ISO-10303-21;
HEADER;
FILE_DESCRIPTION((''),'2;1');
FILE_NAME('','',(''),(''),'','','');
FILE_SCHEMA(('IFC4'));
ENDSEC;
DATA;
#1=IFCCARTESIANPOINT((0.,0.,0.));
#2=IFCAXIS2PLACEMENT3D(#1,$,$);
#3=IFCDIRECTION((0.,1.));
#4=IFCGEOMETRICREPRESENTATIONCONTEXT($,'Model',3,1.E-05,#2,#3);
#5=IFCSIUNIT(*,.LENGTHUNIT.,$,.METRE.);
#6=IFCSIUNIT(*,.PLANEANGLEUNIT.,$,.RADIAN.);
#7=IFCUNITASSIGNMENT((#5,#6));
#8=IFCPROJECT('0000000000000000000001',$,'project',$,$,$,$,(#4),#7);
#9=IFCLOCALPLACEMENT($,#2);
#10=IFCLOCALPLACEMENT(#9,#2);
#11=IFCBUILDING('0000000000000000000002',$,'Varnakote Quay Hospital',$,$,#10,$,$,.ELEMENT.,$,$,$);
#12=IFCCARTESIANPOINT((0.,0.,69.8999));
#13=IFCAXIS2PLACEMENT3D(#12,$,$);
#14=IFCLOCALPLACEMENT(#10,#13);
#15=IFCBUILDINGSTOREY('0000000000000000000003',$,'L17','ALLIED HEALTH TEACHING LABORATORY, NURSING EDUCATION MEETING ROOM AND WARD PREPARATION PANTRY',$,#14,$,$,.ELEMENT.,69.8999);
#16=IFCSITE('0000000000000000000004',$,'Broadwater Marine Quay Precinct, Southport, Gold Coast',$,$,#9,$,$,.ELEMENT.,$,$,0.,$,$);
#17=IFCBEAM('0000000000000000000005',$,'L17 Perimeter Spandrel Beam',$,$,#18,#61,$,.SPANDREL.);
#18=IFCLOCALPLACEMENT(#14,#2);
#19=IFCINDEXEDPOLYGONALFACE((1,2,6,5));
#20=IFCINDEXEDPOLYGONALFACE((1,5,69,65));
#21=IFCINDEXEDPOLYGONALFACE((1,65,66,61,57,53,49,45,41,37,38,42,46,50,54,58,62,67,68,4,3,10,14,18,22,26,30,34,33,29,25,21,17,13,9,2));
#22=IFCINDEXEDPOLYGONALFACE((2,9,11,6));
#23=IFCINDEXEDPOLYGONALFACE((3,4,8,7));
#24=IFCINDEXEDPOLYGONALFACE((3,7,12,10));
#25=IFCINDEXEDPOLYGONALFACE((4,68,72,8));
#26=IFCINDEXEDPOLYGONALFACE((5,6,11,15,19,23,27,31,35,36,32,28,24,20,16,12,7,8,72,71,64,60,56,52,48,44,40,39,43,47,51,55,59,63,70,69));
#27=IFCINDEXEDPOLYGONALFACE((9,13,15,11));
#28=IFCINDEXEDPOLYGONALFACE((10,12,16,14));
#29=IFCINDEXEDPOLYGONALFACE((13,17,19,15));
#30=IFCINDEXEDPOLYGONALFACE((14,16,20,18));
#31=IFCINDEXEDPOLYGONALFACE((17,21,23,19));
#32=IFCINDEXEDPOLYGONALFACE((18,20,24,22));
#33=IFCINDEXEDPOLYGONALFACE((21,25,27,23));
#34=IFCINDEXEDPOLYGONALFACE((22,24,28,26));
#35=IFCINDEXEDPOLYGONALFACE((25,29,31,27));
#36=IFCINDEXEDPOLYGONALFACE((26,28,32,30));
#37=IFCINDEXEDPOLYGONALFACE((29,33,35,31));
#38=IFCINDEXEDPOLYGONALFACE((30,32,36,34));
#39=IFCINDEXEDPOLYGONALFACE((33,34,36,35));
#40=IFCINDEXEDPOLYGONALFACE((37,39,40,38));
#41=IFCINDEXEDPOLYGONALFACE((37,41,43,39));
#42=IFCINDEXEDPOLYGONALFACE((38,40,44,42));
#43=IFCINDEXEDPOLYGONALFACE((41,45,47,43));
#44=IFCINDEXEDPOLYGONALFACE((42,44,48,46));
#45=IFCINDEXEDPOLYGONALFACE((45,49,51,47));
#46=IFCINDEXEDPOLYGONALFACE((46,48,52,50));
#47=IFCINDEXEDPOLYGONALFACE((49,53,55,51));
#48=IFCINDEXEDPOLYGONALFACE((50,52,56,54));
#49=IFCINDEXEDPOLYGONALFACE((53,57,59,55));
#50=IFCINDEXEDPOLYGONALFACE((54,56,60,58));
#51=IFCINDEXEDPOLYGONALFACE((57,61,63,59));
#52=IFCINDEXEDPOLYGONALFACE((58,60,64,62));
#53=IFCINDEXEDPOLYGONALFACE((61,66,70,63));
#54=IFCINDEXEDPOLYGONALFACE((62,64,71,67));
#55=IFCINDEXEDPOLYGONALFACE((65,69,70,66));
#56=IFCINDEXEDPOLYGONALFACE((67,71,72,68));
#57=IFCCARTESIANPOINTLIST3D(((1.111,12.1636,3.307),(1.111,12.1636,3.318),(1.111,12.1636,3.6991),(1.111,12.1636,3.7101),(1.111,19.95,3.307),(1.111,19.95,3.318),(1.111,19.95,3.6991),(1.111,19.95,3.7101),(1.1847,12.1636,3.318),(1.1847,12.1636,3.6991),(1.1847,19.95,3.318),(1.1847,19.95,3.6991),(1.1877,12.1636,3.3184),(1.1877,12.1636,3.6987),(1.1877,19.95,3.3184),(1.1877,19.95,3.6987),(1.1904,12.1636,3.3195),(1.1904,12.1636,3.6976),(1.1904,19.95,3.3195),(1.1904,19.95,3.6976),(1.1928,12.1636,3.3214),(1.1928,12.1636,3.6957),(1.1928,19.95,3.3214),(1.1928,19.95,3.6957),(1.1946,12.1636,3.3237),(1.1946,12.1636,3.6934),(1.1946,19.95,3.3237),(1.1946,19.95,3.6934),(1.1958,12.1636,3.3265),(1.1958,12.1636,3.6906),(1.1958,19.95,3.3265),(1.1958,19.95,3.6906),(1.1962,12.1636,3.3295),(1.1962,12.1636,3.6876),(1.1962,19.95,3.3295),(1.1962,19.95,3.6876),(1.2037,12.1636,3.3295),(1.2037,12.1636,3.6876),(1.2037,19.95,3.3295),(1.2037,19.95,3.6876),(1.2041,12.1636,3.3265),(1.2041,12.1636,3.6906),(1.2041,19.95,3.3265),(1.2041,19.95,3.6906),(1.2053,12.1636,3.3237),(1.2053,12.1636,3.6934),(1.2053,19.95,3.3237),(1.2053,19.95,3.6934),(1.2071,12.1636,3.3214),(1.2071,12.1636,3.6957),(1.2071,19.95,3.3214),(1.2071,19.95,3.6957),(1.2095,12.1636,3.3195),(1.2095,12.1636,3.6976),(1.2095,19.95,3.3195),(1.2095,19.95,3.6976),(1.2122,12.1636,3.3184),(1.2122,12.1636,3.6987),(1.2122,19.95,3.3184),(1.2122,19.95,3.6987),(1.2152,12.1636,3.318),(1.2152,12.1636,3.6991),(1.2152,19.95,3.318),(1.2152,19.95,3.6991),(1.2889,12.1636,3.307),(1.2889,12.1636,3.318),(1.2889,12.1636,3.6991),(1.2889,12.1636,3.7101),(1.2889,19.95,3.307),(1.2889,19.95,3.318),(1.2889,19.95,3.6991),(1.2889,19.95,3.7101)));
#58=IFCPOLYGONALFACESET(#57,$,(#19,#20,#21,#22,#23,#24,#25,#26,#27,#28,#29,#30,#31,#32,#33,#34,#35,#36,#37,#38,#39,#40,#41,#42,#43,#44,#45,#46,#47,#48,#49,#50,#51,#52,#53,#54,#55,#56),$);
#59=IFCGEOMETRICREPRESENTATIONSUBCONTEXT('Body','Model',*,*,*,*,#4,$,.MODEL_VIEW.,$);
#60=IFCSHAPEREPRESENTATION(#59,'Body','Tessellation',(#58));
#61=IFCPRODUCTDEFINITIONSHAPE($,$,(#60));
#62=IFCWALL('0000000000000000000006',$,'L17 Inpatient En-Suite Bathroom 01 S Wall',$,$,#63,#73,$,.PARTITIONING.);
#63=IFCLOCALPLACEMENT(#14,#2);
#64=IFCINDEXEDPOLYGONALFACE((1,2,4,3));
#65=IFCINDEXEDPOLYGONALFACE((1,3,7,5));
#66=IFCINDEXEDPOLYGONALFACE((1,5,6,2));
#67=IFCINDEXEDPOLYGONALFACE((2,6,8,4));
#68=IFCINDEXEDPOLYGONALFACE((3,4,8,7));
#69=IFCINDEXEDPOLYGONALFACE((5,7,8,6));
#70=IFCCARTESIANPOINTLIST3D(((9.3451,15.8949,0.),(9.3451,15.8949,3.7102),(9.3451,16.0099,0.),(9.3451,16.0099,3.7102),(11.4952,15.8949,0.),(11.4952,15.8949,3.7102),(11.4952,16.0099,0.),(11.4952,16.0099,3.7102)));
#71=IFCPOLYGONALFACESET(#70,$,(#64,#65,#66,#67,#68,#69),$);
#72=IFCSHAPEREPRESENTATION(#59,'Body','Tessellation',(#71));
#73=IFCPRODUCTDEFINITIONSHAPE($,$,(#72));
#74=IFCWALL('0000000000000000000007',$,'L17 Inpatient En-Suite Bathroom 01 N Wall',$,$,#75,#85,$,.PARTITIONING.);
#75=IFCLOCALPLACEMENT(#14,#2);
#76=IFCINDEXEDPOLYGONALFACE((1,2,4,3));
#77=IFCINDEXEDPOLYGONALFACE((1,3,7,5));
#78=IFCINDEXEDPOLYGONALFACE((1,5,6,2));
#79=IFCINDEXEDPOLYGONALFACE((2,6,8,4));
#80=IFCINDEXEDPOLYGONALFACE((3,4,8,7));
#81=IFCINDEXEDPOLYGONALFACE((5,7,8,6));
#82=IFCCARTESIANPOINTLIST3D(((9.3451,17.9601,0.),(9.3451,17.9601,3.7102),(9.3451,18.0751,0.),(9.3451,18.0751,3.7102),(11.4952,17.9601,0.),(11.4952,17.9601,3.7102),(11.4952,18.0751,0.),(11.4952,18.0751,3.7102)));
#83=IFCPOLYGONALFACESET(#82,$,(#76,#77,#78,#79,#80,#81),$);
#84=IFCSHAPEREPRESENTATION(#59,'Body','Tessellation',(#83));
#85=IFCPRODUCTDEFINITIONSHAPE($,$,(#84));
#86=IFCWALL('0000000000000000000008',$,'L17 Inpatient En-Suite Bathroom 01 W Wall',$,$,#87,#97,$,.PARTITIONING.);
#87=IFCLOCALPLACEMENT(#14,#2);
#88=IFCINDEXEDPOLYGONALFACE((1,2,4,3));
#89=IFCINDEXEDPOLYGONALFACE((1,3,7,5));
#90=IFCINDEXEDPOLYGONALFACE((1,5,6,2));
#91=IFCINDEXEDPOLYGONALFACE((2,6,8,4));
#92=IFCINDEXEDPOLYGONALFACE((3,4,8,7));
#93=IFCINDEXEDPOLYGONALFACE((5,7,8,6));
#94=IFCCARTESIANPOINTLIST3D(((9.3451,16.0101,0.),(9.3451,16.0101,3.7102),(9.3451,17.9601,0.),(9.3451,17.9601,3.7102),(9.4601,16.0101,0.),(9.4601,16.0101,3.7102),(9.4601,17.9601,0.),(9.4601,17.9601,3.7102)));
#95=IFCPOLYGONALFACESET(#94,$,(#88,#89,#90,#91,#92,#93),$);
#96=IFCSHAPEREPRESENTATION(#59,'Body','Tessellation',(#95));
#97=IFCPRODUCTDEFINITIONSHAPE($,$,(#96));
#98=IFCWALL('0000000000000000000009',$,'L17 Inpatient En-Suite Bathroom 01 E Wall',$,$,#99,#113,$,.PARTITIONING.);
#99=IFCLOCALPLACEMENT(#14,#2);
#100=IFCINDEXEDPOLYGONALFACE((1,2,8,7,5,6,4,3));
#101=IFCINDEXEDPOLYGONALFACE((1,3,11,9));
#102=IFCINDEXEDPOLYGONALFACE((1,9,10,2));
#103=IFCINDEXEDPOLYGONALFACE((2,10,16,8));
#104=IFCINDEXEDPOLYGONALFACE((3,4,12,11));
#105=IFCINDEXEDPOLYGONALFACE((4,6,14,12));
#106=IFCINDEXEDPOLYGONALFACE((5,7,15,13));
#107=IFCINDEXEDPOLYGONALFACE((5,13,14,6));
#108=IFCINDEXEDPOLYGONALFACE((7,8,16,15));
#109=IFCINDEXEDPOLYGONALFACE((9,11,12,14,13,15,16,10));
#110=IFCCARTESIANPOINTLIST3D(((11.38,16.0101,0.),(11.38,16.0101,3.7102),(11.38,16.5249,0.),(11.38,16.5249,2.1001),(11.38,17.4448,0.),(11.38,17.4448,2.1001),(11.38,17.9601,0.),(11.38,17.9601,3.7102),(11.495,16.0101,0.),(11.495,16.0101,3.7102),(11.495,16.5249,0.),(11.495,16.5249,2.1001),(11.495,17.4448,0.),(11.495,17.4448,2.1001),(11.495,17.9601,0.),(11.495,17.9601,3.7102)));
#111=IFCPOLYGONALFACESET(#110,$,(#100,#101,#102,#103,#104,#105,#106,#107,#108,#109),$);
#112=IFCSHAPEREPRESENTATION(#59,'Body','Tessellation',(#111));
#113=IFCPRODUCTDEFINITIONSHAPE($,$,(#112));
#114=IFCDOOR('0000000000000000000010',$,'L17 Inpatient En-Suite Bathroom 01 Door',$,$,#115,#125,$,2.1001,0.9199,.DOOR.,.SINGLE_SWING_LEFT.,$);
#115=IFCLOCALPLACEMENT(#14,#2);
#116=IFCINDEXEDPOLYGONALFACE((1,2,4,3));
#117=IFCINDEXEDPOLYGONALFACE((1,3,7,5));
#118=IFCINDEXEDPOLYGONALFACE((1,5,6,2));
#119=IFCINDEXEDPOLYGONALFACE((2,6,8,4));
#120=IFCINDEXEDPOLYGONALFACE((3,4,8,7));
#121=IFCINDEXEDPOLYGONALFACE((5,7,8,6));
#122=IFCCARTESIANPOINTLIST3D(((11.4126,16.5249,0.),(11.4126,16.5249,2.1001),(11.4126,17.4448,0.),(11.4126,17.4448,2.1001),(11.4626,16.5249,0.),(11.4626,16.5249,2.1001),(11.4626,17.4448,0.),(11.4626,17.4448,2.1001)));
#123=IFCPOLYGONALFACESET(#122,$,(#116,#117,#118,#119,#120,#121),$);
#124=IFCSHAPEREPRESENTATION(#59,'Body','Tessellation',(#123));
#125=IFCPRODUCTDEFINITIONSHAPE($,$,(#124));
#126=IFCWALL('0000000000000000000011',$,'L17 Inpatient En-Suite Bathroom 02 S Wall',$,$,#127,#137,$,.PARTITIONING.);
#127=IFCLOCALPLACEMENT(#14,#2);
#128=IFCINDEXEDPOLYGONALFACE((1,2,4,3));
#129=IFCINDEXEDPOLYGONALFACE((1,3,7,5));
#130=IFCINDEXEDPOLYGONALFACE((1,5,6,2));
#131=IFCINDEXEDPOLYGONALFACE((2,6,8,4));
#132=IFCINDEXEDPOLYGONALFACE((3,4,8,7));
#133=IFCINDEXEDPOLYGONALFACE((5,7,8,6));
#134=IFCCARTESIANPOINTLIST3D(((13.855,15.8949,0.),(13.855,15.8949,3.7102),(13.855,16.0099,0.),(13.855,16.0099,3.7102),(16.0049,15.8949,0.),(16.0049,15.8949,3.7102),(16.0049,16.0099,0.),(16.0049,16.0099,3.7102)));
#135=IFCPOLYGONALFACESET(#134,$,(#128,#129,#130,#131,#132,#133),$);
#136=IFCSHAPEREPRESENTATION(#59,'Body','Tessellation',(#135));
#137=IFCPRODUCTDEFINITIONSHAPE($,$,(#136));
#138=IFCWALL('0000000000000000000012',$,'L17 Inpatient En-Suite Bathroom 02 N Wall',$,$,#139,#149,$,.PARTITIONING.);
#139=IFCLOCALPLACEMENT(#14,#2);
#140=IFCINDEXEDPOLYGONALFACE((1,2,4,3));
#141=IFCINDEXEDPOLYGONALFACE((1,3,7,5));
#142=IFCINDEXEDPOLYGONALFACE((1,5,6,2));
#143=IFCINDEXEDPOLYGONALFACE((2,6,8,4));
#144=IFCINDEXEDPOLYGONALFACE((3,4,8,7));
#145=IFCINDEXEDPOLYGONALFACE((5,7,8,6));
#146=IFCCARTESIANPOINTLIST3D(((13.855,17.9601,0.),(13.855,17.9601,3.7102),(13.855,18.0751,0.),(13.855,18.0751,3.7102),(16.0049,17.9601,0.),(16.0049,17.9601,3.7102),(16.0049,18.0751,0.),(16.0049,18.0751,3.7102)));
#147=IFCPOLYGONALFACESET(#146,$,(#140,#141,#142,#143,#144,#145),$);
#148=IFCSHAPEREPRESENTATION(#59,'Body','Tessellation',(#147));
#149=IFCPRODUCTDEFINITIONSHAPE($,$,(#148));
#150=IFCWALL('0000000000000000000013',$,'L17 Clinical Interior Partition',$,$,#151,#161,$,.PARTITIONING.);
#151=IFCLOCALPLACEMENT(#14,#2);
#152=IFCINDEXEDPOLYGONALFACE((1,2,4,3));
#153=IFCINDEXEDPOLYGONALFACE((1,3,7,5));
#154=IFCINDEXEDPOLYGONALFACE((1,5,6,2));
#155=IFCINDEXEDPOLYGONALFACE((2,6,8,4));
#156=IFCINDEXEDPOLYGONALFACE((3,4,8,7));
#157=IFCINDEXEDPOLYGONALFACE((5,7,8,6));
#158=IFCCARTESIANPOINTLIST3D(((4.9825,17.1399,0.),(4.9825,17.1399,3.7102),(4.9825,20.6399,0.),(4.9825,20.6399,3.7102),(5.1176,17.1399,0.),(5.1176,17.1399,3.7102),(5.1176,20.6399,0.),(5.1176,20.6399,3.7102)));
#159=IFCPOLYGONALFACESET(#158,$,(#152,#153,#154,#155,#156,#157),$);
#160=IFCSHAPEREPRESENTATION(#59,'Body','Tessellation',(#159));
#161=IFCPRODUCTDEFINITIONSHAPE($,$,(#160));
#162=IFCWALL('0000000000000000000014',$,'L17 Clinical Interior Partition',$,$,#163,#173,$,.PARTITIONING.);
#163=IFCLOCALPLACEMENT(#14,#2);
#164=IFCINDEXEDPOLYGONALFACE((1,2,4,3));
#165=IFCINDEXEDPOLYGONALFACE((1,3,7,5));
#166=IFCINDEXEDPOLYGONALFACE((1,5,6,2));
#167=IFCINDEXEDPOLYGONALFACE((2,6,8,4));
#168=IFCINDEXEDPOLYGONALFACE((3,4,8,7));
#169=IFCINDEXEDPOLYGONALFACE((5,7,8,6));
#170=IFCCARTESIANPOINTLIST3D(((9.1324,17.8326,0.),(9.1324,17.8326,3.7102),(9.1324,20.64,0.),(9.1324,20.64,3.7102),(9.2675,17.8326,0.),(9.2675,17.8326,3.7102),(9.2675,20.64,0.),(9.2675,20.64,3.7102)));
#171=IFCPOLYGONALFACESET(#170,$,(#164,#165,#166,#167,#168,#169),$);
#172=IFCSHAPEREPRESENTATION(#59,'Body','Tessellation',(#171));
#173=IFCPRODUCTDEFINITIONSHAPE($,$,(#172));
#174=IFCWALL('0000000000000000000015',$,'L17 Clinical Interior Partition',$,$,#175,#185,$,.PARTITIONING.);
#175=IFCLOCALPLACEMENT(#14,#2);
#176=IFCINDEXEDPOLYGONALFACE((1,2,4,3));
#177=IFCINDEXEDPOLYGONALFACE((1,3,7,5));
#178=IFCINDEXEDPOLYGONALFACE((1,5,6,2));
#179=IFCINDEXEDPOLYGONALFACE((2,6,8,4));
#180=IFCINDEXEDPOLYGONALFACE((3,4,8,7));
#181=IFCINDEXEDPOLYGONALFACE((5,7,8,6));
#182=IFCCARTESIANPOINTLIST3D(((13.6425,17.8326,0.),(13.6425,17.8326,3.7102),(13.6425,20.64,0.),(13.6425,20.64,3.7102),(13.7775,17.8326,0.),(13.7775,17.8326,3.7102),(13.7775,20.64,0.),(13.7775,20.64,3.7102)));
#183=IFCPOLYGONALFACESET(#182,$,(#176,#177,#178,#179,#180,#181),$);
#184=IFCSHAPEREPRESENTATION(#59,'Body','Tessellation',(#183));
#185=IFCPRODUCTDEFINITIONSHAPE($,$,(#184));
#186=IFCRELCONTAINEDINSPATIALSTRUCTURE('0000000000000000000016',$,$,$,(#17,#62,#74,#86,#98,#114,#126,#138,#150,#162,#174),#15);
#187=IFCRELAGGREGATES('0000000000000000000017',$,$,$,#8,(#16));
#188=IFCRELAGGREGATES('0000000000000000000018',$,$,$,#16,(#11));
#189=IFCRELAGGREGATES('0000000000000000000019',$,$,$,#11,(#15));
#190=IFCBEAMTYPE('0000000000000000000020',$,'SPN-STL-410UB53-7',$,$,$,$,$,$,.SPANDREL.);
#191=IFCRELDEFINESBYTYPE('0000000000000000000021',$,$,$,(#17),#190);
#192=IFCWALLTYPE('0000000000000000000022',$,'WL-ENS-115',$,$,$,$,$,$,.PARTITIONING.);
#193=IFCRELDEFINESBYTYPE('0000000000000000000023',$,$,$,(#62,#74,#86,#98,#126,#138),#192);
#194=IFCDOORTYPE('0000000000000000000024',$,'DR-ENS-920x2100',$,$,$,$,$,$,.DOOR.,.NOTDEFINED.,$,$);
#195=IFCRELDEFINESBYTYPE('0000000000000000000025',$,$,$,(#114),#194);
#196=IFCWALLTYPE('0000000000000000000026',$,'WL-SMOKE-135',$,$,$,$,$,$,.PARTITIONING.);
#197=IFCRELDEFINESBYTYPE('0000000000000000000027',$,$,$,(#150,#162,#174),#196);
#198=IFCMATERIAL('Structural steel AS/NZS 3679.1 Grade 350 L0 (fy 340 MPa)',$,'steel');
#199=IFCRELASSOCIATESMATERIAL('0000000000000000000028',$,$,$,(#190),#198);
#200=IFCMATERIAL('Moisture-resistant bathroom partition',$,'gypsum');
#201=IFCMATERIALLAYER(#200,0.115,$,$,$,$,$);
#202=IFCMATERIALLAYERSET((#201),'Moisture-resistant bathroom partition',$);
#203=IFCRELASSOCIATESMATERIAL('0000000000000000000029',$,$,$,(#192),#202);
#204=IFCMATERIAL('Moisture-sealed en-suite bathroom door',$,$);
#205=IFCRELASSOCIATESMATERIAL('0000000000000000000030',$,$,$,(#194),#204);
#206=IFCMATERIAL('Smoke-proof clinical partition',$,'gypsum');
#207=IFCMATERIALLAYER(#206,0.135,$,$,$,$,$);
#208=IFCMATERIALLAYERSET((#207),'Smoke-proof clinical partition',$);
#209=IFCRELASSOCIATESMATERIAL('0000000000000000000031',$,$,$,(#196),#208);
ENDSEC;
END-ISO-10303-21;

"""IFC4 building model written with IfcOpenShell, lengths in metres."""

from ifc_helpers import new_model, si_unit, direction, frame, frame_2d, origin, origin_2d, place, context, subcontext, project, spatial, rectangle, i_section, extrude, material, layer, layer_set, material_profile, profile_set, type_object, element, fill, save


model = new_model("IFC4")

# Units and contexts
model_context = context("Model", 3, precision=1e-05, world=origin(), true_north=direction((0.0, 1.0)))
body_context = subcontext(model_context, "Body", "Model", "MODEL_VIEW")
ifc_project = project(units=[si_unit("LENGTHUNIT", "METRE"), si_unit("PLANEANGLEUNIT", "RADIAN")], contexts=[model_context])

# Site, building, storey
site_placement = place(None, origin())
site = spatial("IfcSite", under=ifc_project, at=site_placement, Name="Broadwater Marine Quay Precinct, Southport, Gold Coast", CompositionType="ELEMENT", RefElevation=0.0)
building_placement = place(site_placement, origin())
building = spatial("IfcBuilding", under=site, at=building_placement, Name="Varnakote Quay Hospital", CompositionType="ELEMENT")
storey_placement = place(building_placement, frame((0.0, 0.0, 69.8999)))
storey = spatial("IfcBuildingStorey", under=building, at=storey_placement, Name="L17", Description="ALLIED HEALTH TEACHING LABORATORY, NURSING EDUCATION MEETING ROOM AND WARD PREPARATION PANTRY", CompositionType="ELEMENT", Elevation=69.8999)

# Beam
ifc_material_1 = material(Name="Structural steel AS/NZS 3679.1 Grade 350 L0 (fy 340 MPa)", Category="steel")
ifc_material_profile_1 = material_profile(ifc_material_1, i_section(OverallWidth=0.178, OverallDepth=0.4031, WebThickness=0.0076, FlangeThickness=0.011, FilletRadius=0.0115, at=origin_2d()), Name="410UB53.7")
ifc_profile_set_1 = profile_set([ifc_material_profile_1], Name="Structural steel AS/NZS 3679.1 Grade 350 L0 (fy 340 MPa)")
beam_type_1 = type_object("IfcBeamType", Name="SPN-STL-410UB53-7", PredefinedType="SPANDREL", material=ifc_profile_set_1)
beam_1_placement = place(storey_placement, frame((1.2, 12.1636, 3.5085), z_axis=(0.0, 1.0, 0.0), x_axis=(-1.0, 0.0, 0.0)))
element("IfcBeam", 1, at=beam_1_placement, inside=storey, type_object=beam_type_1, Name="L17 Perimeter Spandrel Beam", PredefinedType="SPANDREL", context=body_context, shape_type="SweptSolid", body=[
    extrude(i_section(OverallWidth=0.178, OverallDepth=0.4031, WebThickness=0.0076, FlangeThickness=0.011, FilletRadius=0.0115, at=origin_2d()), origin(), (0.0, 0.0, 1.0), 7.7864),
])

# Walls
ifc_material_2 = material(Name="Moisture-resistant bathroom partition", Category="gypsum")
ifc_layer_1 = layer(ifc_material_2, 0.115)
ifc_layer_set_1 = layer_set([ifc_layer_1], Name="Moisture-resistant bathroom partition")
wall_type_1 = type_object("IfcWallType", Name="WL-ENS-115", PredefinedType="PARTITIONING", material=ifc_layer_set_1)
for number, where, z_axis, x_axis, name in (
    (2, (9.345, 15.9524, 0.0), (0.0, 0.0, 1.0), (1.0, 0.0, 0.0), "L17 Inpatient En-Suite Bathroom 01 S Wall"),
    (3, (9.345, 18.0176, 0.0), (0.0, 0.0, 1.0), (1.0, 0.0, 0.0), "L17 Inpatient En-Suite Bathroom 01 N Wall"),
):
    element("IfcWall", number, at=place(storey_placement, frame(where, z_axis=z_axis, x_axis=x_axis)), inside=storey, type_object=wall_type_1, Name=name, PredefinedType="PARTITIONING", context=body_context, shape_type="SweptSolid", body=[
        extrude(rectangle(XDim=2.1501, YDim=0.115, at=frame_2d((1.0752, 0.0))), origin(), (0.0, 0.0, 1.0), 3.7102),
    ])
wall_1_placement = place(storey_placement, frame((9.4026, 16.01, 0.0), z_axis=(0.0, 0.0, 1.0), x_axis=(0.0, 1.0, 0.0)))
element("IfcWall", 4, at=wall_1_placement, inside=storey, type_object=wall_type_1, Name="L17 Inpatient En-Suite Bathroom 01 W Wall", PredefinedType="PARTITIONING", context=body_context, shape_type="SweptSolid", body=[
    extrude(rectangle(XDim=1.95, YDim=0.115, at=frame_2d((0.9751, 0.0))), origin(), (0.0, 0.0, 1.0), 3.7102),
])

# Wall, opening, door
wall_2_placement = place(storey_placement, frame((11.4375, 16.01, 0.0), z_axis=(0.0, 0.0, 1.0), x_axis=(0.0, 1.0, 0.0)))
wall_2 = element("IfcWall", 5, at=wall_2_placement, inside=storey, type_object=wall_type_1, Name="L17 Inpatient En-Suite Bathroom 01 E Wall", PredefinedType="PARTITIONING", context=body_context, shape_type="SweptSolid", body=[
    extrude(rectangle(XDim=1.95, YDim=0.115, at=frame_2d((0.9751, 0.0))), origin(), (0.0, 0.0, 1.0), 3.7102),
])
opening_1_placement = place(wall_2_placement, frame((0.5149, 0.0, 0.0)))
opening_1 = element("IfcOpeningElement", 6, at=opening_1_placement, cuts=wall_2, PredefinedType="OPENING", context=body_context, shape_type="SweptSolid", body=[
    extrude(rectangle(XDim=0.9199, YDim=2.1001, at=frame_2d((0.46, 1.05))), frame((0.0, 0.0674, 0.0), z_axis=(0.0, -1.0, 0.0), x_axis=(1.0, 0.0, 0.0)), (0.0, 0.0, 1.0), 0.135),
])
ifc_material_3 = material(Name="Moisture-sealed en-suite bathroom door")
door_type_1 = type_object("IfcDoorType", Name="DR-ENS-920x2100", OperationType="NOTDEFINED", PredefinedType="DOOR", material=ifc_material_3)
door_1_placement = place(opening_1_placement, origin())
door_1 = element("IfcDoor", 7, at=door_1_placement, inside=storey, type_object=door_type_1, Name="L17 Inpatient En-Suite Bathroom 01 Door", OperationType="SINGLE_SWING_LEFT", OverallHeight=2.1001, OverallWidth=0.9199, PredefinedType="DOOR", context=body_context, shape_type="SweptSolid", body=[
    extrude(rectangle(XDim=0.9199, YDim=2.1001, at=frame_2d((0.46, 1.05))), frame((0.0, 0.0249, 0.0), z_axis=(0.0, -1.0, 0.0), x_axis=(1.0, 0.0, 0.0)), (0.0, 0.0, 1.0), 0.05),
])
fill(opening_1, door_1)

# Walls
for number, where, z_axis, x_axis, name in (
    (8, (13.855, 15.9524, 0.0), (0.0, 0.0, 1.0), (1.0, 0.0, 0.0), "L17 Inpatient En-Suite Bathroom 02 S Wall"),
    (9, (13.855, 18.0176, 0.0), (0.0, 0.0, 1.0), (1.0, 0.0, 0.0), "L17 Inpatient En-Suite Bathroom 02 N Wall"),
):
    element("IfcWall", number, at=place(storey_placement, frame(where, z_axis=z_axis, x_axis=x_axis)), inside=storey, type_object=wall_type_1, Name=name, PredefinedType="PARTITIONING", context=body_context, shape_type="SweptSolid", body=[
        extrude(rectangle(XDim=2.1499, YDim=0.115, at=frame_2d((1.075, 0.0))), origin(), (0.0, 0.0, 1.0), 3.7102),
    ])
ifc_material_4 = material(Name="Smoke-proof clinical partition", Category="gypsum")
ifc_layer_2 = layer(ifc_material_4, 0.135)
ifc_layer_set_2 = layer_set([ifc_layer_2], Name="Smoke-proof clinical partition")
wall_type_2 = type_object("IfcWallType", Name="WL-SMOKE-135", PredefinedType="PARTITIONING", material=ifc_layer_set_2)
wall_3_placement = place(storey_placement, frame((5.05, 17.1399, 0.0), z_axis=(0.0, 0.0, 1.0), x_axis=(0.0, 1.0, 0.0)))
element("IfcWall", 10, at=wall_3_placement, inside=storey, type_object=wall_type_2, Name="L17 Clinical Interior Partition", PredefinedType="PARTITIONING", context=body_context, shape_type="SweptSolid", body=[
    extrude(rectangle(XDim=3.5, YDim=0.135, at=frame_2d((1.75, 0.0))), origin(), (0.0, 0.0, 1.0), 3.7102),
])
for number, where, z_axis, x_axis, name in (
    (11, (9.2, 17.8325, 0.0), (0.0, 0.0, 1.0), (0.0, 1.0, 0.0), "L17 Clinical Interior Partition"),
    (12, (13.71, 17.8325, 0.0), (0.0, 0.0, 1.0), (0.0, 1.0, 0.0), "L17 Clinical Interior Partition"),
):
    element("IfcWall", number, at=place(storey_placement, frame(where, z_axis=z_axis, x_axis=x_axis)), inside=storey, type_object=wall_type_2, Name=name, PredefinedType="PARTITIONING", context=body_context, shape_type="SweptSolid", body=[
        extrude(rectangle(XDim=2.8074, YDim=0.135, at=frame_2d((1.4038, 0.0))), origin(), (0.0, 0.0, 1.0), 3.7102),
    ])

save(model, "model.ifc")
